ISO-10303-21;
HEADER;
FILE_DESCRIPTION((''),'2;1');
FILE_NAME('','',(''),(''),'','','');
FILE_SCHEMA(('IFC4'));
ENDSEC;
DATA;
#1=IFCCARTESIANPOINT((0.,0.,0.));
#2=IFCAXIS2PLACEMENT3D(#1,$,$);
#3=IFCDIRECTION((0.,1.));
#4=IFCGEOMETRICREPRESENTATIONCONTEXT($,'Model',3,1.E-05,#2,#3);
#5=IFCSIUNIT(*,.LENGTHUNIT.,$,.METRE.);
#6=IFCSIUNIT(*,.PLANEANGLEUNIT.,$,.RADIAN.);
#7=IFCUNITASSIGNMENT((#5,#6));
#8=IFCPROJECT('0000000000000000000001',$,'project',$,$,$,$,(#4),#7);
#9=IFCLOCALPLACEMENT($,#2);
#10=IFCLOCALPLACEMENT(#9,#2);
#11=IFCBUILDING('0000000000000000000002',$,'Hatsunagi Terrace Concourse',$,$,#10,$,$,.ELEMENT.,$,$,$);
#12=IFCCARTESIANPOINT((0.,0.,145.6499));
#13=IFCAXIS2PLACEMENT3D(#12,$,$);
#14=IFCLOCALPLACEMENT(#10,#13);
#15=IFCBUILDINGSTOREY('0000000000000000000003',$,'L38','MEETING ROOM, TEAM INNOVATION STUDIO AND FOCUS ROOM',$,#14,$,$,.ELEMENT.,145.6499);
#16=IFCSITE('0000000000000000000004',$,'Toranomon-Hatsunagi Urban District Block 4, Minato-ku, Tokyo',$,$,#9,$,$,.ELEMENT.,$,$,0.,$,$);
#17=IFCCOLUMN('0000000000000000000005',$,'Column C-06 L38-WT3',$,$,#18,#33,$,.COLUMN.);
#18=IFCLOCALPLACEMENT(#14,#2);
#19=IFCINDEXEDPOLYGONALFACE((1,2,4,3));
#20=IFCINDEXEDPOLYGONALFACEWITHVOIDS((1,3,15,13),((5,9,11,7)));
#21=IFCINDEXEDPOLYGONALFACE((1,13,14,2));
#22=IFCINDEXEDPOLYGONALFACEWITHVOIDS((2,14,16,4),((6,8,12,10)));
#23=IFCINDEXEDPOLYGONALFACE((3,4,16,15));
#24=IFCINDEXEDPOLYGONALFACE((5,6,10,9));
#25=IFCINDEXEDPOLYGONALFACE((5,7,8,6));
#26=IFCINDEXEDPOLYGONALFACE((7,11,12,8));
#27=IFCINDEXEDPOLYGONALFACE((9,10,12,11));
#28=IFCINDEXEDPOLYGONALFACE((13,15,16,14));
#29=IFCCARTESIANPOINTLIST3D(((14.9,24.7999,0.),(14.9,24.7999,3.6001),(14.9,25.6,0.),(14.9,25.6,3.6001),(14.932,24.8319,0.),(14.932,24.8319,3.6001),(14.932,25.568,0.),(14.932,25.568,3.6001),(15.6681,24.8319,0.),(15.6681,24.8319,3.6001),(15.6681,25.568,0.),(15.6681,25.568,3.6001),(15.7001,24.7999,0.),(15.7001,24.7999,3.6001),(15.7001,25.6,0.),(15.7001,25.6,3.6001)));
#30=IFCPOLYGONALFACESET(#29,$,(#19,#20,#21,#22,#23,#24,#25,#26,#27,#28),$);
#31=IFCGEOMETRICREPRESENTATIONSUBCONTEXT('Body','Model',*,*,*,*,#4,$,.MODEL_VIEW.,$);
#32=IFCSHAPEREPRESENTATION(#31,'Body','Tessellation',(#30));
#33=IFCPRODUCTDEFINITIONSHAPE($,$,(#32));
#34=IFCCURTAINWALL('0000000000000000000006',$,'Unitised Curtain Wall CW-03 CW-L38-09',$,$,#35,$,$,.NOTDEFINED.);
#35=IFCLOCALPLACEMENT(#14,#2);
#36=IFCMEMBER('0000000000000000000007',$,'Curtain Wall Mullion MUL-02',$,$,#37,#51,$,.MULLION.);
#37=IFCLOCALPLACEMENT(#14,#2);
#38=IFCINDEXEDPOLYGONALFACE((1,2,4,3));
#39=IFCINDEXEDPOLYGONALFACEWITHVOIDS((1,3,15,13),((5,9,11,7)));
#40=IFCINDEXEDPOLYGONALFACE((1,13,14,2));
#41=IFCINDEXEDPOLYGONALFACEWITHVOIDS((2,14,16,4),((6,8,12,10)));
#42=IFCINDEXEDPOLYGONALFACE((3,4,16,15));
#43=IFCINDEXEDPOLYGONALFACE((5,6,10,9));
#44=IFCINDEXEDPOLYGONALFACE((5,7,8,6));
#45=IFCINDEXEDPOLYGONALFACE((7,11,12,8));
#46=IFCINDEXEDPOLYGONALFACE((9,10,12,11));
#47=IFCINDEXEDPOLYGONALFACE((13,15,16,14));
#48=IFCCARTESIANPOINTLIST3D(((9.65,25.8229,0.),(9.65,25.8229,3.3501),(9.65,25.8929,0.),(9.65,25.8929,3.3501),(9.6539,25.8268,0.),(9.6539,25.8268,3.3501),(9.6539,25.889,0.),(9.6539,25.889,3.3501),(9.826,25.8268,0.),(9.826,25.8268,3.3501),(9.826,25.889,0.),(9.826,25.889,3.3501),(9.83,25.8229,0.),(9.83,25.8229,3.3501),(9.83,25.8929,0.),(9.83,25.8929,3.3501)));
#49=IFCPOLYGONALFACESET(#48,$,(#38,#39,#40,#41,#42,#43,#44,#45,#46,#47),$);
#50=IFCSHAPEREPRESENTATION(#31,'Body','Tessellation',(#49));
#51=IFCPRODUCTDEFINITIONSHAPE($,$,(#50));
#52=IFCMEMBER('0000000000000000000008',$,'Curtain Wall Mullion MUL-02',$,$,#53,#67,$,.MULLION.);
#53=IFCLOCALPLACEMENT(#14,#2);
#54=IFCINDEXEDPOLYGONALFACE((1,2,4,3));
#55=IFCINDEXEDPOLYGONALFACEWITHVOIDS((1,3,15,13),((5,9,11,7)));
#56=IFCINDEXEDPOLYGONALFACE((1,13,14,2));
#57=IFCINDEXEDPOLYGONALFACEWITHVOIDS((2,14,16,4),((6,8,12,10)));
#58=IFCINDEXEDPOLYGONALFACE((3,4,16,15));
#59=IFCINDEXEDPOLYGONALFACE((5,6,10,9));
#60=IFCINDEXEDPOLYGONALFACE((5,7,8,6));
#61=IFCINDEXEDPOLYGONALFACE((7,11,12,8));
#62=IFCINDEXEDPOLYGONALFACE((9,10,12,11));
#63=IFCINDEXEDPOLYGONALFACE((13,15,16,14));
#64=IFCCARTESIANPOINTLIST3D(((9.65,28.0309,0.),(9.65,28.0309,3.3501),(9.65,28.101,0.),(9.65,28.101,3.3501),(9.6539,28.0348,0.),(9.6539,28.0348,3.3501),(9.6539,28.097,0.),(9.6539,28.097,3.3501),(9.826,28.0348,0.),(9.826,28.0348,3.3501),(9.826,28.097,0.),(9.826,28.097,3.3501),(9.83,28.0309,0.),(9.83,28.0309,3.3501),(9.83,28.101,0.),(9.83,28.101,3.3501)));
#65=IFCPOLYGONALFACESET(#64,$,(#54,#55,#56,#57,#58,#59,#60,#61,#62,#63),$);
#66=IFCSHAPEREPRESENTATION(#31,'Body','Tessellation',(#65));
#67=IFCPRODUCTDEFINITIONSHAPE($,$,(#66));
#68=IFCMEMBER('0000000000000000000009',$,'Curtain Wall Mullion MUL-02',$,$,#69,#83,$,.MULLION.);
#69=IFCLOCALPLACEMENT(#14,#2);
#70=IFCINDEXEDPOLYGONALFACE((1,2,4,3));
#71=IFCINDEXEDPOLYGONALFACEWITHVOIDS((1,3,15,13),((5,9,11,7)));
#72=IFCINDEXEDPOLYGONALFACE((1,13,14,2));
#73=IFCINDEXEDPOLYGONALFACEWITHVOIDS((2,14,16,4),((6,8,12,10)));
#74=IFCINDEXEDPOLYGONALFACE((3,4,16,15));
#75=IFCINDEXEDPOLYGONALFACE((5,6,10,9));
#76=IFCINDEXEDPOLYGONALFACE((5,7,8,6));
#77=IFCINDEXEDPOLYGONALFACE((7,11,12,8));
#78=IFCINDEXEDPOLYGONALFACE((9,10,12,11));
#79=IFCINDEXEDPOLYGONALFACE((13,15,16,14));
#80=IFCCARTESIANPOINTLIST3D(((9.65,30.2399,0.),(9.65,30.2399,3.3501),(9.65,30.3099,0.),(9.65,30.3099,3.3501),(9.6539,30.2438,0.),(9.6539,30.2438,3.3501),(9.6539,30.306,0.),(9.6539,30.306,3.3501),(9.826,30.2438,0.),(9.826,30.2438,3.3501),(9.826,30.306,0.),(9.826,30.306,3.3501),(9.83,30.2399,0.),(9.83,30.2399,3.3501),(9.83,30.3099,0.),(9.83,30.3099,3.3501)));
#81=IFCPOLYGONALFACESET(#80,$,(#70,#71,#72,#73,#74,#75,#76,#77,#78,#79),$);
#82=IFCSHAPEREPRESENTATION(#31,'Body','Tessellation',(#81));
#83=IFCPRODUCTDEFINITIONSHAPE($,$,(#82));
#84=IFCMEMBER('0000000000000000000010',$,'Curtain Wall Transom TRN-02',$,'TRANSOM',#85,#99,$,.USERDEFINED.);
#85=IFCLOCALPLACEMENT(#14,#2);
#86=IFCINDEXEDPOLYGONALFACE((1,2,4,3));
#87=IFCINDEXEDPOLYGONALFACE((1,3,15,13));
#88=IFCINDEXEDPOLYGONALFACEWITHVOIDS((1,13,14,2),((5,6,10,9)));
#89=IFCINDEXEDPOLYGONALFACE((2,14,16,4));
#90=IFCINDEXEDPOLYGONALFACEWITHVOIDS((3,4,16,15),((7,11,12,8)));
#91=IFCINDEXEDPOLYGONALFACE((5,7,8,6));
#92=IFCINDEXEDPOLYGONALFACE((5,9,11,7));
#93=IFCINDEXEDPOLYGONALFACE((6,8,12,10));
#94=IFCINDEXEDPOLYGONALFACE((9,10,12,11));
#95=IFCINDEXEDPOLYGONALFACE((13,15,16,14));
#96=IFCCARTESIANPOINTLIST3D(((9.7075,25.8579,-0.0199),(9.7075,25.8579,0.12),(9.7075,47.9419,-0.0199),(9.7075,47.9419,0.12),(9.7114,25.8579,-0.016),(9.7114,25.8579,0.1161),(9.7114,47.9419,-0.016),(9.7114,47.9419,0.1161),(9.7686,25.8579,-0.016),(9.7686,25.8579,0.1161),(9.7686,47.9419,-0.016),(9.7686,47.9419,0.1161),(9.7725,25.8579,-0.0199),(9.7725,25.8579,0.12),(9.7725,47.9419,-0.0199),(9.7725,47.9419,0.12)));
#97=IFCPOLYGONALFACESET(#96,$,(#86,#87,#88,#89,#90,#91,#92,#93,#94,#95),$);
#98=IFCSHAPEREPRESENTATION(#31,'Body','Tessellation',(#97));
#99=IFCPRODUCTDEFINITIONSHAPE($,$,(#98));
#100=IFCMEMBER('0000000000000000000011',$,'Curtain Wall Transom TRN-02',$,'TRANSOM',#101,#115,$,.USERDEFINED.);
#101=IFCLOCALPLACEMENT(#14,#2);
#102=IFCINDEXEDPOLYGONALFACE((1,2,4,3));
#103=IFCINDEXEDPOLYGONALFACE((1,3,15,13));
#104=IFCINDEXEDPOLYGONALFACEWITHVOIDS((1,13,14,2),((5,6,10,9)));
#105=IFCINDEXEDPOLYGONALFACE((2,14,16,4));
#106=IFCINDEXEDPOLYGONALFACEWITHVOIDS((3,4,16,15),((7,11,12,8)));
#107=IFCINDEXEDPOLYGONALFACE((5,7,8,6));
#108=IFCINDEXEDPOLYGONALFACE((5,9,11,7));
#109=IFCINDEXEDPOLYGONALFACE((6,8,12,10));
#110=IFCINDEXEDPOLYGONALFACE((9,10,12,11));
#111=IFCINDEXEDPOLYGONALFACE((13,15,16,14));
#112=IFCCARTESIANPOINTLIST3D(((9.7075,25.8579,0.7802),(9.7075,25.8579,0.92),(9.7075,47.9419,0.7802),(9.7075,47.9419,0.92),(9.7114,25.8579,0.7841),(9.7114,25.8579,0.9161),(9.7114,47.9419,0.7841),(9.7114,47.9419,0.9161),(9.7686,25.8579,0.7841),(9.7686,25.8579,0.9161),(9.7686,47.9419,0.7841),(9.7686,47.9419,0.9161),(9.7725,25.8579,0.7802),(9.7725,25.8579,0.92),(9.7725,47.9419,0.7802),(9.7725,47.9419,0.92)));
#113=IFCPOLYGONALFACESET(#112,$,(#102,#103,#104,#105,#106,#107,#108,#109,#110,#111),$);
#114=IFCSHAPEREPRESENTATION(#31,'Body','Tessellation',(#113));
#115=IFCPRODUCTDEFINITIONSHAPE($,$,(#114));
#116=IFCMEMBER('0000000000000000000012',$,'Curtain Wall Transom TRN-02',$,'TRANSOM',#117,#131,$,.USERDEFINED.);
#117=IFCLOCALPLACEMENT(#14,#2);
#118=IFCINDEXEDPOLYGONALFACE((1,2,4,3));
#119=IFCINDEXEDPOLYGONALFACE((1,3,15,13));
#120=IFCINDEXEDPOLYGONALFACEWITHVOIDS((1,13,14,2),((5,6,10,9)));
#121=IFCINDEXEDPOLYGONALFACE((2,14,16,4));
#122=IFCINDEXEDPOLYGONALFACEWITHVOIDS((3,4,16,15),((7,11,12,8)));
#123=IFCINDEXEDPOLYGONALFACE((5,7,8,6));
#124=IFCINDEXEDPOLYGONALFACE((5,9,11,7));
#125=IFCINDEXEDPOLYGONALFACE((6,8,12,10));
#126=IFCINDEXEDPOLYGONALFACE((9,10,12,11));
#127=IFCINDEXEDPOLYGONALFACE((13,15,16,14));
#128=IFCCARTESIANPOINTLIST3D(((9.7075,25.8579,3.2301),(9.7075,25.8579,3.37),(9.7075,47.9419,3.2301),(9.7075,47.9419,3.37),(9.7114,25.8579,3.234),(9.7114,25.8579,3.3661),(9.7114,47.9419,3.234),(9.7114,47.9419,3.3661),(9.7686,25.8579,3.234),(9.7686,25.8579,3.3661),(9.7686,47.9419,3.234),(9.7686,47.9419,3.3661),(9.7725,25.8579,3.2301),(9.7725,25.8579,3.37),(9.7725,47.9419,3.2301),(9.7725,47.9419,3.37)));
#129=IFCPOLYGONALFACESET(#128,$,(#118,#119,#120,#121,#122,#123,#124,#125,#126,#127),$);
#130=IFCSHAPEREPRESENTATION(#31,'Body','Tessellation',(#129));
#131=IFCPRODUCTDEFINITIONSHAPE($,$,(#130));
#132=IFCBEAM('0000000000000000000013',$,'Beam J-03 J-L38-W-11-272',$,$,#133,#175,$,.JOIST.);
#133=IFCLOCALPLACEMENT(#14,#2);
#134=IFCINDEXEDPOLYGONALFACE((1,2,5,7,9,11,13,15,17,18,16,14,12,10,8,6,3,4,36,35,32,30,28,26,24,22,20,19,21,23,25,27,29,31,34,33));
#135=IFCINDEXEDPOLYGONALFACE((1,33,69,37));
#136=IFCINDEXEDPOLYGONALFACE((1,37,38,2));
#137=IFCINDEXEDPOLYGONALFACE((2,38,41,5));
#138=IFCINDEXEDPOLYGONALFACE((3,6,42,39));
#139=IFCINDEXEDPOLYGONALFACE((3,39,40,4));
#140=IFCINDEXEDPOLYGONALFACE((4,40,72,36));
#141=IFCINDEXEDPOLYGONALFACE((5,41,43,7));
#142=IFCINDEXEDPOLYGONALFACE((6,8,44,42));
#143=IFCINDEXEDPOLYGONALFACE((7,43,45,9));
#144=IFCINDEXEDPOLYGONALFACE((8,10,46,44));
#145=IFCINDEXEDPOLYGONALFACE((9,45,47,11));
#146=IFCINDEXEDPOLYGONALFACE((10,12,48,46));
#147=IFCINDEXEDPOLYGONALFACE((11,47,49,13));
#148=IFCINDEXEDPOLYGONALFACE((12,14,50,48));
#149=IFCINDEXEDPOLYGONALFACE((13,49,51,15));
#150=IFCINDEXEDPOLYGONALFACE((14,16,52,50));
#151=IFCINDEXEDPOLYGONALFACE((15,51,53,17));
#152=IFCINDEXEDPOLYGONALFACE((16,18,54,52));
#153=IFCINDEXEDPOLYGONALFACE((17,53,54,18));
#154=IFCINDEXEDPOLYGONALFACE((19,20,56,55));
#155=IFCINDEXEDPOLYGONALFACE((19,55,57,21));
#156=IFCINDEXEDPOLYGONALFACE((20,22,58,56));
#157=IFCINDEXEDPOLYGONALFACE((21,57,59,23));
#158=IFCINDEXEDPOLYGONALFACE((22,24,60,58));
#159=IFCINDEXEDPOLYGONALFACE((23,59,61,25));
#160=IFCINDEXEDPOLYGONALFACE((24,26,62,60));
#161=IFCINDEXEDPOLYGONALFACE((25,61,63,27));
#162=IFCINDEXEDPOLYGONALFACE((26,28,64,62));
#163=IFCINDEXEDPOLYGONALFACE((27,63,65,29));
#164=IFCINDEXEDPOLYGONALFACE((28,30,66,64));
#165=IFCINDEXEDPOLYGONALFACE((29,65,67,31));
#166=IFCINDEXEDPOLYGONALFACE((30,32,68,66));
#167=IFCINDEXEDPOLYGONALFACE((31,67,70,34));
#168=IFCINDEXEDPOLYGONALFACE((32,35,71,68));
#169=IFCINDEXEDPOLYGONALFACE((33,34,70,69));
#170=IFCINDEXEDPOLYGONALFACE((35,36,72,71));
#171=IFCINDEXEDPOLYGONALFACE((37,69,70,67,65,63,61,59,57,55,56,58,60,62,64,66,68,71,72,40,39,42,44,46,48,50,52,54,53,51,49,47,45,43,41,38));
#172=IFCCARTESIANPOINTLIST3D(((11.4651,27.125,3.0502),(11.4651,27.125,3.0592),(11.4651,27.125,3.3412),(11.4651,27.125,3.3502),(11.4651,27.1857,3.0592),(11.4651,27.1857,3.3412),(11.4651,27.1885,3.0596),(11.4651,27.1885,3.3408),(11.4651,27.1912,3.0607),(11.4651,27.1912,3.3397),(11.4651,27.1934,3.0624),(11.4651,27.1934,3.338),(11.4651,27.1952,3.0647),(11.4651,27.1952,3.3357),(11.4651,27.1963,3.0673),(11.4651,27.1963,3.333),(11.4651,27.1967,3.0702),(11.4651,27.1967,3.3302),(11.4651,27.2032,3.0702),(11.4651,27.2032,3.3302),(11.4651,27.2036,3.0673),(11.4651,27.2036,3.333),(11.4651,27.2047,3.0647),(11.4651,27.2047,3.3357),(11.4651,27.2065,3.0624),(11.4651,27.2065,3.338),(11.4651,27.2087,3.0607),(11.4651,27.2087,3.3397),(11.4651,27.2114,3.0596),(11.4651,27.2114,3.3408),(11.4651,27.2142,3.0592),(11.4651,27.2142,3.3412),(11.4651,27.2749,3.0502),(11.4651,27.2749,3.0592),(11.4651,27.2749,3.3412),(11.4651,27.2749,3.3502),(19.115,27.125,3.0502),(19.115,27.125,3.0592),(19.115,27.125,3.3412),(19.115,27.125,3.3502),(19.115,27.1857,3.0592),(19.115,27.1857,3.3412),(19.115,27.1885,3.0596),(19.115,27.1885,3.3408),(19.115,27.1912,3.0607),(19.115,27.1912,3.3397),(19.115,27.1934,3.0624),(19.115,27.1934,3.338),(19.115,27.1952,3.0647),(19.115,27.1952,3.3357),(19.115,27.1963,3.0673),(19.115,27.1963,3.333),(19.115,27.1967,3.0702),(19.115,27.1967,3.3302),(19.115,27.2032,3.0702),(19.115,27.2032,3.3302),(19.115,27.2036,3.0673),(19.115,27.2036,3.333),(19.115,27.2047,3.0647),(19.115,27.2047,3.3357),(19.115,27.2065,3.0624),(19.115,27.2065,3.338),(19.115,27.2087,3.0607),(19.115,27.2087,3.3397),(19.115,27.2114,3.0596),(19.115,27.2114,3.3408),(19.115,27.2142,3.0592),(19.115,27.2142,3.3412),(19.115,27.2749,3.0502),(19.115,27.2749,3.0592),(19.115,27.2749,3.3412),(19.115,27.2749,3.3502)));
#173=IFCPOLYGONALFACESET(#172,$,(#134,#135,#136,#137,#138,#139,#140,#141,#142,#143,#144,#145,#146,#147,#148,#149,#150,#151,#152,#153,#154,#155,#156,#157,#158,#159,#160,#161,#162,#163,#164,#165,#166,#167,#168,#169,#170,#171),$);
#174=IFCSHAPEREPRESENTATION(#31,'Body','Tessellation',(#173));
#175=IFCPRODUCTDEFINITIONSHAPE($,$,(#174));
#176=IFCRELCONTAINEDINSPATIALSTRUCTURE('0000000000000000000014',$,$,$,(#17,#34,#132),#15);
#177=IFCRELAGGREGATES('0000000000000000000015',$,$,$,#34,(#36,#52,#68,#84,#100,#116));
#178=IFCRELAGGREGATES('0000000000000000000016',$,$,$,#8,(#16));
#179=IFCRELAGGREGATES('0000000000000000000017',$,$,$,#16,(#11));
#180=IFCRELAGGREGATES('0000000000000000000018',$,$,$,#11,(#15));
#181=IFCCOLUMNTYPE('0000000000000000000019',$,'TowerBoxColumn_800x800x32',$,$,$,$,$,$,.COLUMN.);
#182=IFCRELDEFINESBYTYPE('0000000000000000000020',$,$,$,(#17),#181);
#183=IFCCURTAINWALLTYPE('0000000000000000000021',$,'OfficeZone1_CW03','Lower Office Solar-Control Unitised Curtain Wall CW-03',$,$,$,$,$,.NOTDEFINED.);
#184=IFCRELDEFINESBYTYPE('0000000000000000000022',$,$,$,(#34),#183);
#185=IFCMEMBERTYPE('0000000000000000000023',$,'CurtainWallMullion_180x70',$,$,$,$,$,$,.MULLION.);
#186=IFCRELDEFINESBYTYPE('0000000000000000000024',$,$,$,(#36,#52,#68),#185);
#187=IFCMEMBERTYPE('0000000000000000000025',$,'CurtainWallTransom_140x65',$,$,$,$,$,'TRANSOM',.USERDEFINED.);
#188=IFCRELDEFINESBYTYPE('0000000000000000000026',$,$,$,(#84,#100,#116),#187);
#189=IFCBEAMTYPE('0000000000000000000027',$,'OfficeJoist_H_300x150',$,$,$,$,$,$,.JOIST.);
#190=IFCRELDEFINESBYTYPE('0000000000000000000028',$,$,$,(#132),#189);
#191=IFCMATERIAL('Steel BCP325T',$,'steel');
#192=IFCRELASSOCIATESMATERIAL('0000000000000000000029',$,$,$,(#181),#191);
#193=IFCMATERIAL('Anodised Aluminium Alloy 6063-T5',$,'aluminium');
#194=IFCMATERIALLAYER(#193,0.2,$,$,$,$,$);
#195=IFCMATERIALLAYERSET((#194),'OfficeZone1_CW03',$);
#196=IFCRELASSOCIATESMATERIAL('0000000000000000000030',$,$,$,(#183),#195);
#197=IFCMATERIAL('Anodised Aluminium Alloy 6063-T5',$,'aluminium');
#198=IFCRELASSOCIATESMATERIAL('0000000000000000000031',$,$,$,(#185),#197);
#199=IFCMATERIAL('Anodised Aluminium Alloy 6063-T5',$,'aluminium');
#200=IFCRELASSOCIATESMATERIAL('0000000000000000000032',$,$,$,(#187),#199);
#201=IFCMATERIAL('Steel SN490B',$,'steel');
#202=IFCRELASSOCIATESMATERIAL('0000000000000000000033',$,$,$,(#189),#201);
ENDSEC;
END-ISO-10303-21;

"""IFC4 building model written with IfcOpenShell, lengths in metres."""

from ifc_helpers import new_model, si_unit, direction, frame, origin, origin_2d, place, context, subcontext, project, spatial, hollow_rectangle, i_section, extrude, material, layer, layer_set, material_profile, profile_set, type_object, element, aggregate, save


model = new_model("IFC4")

# Units and contexts
model_context = context("Model", 3, precision=1e-05, world=origin(), true_north=direction((0.0, 1.0)))
body_context = subcontext(model_context, "Body", "Model", "MODEL_VIEW")
ifc_project = project(units=[si_unit("LENGTHUNIT", "METRE"), si_unit("PLANEANGLEUNIT", "RADIAN")], contexts=[model_context])

# Site, building, storey
site_placement = place(None, origin())
site = spatial("IfcSite", under=ifc_project, at=site_placement, Name="Toranomon-Hatsunagi Urban District Block 4, Minato-ku, Tokyo", CompositionType="ELEMENT", RefElevation=0.0)
building_placement = place(site_placement, origin())
building = spatial("IfcBuilding", under=site, at=building_placement, Name="Hatsunagi Terrace Concourse", CompositionType="ELEMENT")
storey_placement = place(building_placement, frame((0.0, 0.0, 145.6499)))
storey = spatial("IfcBuildingStorey", under=building, at=storey_placement, Name="L38", Description="MEETING ROOM, TEAM INNOVATION STUDIO AND FOCUS ROOM", CompositionType="ELEMENT", Elevation=145.6499)

# Column
ifc_material_1 = material(Name="Steel BCP325T", Category="steel")
ifc_material_profile_1 = material_profile(ifc_material_1, hollow_rectangle(XDim=0.8, YDim=0.8, WallThickness=0.032, at=origin_2d()), Name="BCP-800x800x32")
ifc_profile_set_1 = profile_set([ifc_material_profile_1], Name="Steel BCP325T")
column_type = type_object("IfcColumnType", Name="TowerBoxColumn_800x800x32", PredefinedType="COLUMN", material=ifc_profile_set_1)
column_placement = place(storey_placement, frame((15.3, 25.2, 0.0), z_axis=(0.0, 0.0, 1.0), x_axis=(1.0, 0.0, 0.0)))
element("IfcColumn", 1, at=column_placement, inside=storey, type_object=column_type, Name="Column C-06 L38-WT3", PredefinedType="COLUMN", context=body_context, shape_type="SweptSolid", body=[
    extrude(hollow_rectangle(XDim=0.8, YDim=0.8, WallThickness=0.032, at=origin_2d()), origin(), (0.0, 0.0, 1.0), 3.6001),
])

# Curtain wall, members
ifc_material_2 = material(Name="Anodised Aluminium Alloy 6063-T5", Category="aluminium")
ifc_layer_1 = layer(ifc_material_2, 0.2)
ifc_layer_set_1 = layer_set([ifc_layer_1], Name="OfficeZone1_CW03")
curtain_wall_type = type_object("IfcCurtainWallType", Name="OfficeZone1_CW03", Description="Lower Office Solar-Control Unitised Curtain Wall CW-03", PredefinedType="NOTDEFINED", material=ifc_layer_set_1)
curtain_wall_placement = place(storey_placement, origin())
curtain_wall = element("IfcCurtainWall", 2, at=curtain_wall_placement, inside=storey, type_object=curtain_wall_type, Name="Unitised Curtain Wall CW-03 CW-L38-09", PredefinedType="NOTDEFINED")
ifc_material_3 = material(Name="Anodised Aluminium Alloy 6063-T5", Category="aluminium")
ifc_material_profile_2 = material_profile(ifc_material_3, hollow_rectangle(XDim=0.0701, YDim=0.1799, WallThickness=0.0039, at=origin_2d()), Name="ALU-MUL-180x70x4")
ifc_profile_set_2 = profile_set([ifc_material_profile_2], Name="Anodised Aluminium Alloy 6063-T5")
member_type_1 = type_object("IfcMemberType", Name="CurtainWallMullion_180x70", PredefinedType="MULLION", material=ifc_profile_set_2)
member_1_placement = place(storey_placement, frame((9.74, 25.8579, 0.0), z_axis=(0.0, 0.0, 1.0), x_axis=(0.0, 1.0, 0.0)))
member_1 = element("IfcMember", 3, at=member_1_placement, type_object=member_type_1, Name="Curtain Wall Mullion MUL-02", PredefinedType="MULLION", context=body_context, shape_type="SweptSolid", body=[
    extrude(hollow_rectangle(XDim=0.0701, YDim=0.1799, WallThickness=0.0039, at=origin_2d()), origin(), (0.0, 0.0, 1.0), 3.3501),
])
member_2_placement = place(storey_placement, frame((9.74, 28.0659, 0.0), z_axis=(0.0, 0.0, 1.0), x_axis=(0.0, 1.0, 0.0)))
member_2 = element("IfcMember", 4, at=member_2_placement, type_object=member_type_1, Name="Curtain Wall Mullion MUL-02", PredefinedType="MULLION", context=body_context, shape_type="SweptSolid", body=[
    extrude(hollow_rectangle(XDim=0.0701, YDim=0.1799, WallThickness=0.0039, at=origin_2d()), origin(), (0.0, 0.0, 1.0), 3.3501),
])
member_3_placement = place(storey_placement, frame((9.74, 30.2749, 0.0), z_axis=(0.0, 0.0, 1.0), x_axis=(0.0, 1.0, 0.0)))
member_3 = element("IfcMember", 5, at=member_3_placement, type_object=member_type_1, Name="Curtain Wall Mullion MUL-02", PredefinedType="MULLION", context=body_context, shape_type="SweptSolid", body=[
    extrude(hollow_rectangle(XDim=0.0701, YDim=0.1799, WallThickness=0.0039, at=origin_2d()), origin(), (0.0, 0.0, 1.0), 3.3501),
])
ifc_material_4 = material(Name="Anodised Aluminium Alloy 6063-T5", Category="aluminium")
ifc_material_profile_3 = material_profile(ifc_material_4, hollow_rectangle(XDim=0.0649, YDim=0.1399, WallThickness=0.0039, at=origin_2d()), Name="ALU-TRN-140x65x4")
ifc_profile_set_3 = profile_set([ifc_material_profile_3], Name="Anodised Aluminium Alloy 6063-T5")
member_type_2 = type_object("IfcMemberType", Name="CurtainWallTransom_140x65", ElementType="TRANSOM", PredefinedType="USERDEFINED", material=ifc_profile_set_3)
member_4_placement = place(storey_placement, frame((9.74, 25.8579, 0.05), z_axis=(0.0, 1.0, 0.0), x_axis=(-1.0, 0.0, 0.0)))
member_4 = element("IfcMember", 6, at=member_4_placement, type_object=member_type_2, Name="Curtain Wall Transom TRN-02", ObjectType="TRANSOM", PredefinedType="USERDEFINED", context=body_context, shape_type="SweptSolid", body=[
    extrude(hollow_rectangle(XDim=0.0649, YDim=0.1399, WallThickness=0.0039, at=origin_2d()), origin(), (0.0, 0.0, 1.0), 22.084),
])
member_5_placement = place(storey_placement, frame((9.74, 25.8579, 0.8501), z_axis=(0.0, 1.0, 0.0), x_axis=(-1.0, 0.0, 0.0)))
member_5 = element("IfcMember", 7, at=member_5_placement, type_object=member_type_2, Name="Curtain Wall Transom TRN-02", ObjectType="TRANSOM", PredefinedType="USERDEFINED", context=body_context, shape_type="SweptSolid", body=[
    extrude(hollow_rectangle(XDim=0.0649, YDim=0.1399, WallThickness=0.0039, at=origin_2d()), origin(), (0.0, 0.0, 1.0), 22.084),
])
member_6_placement = place(storey_placement, frame((9.74, 25.8579, 3.3), z_axis=(0.0, 1.0, 0.0), x_axis=(-1.0, 0.0, 0.0)))
member_6 = element("IfcMember", 8, at=member_6_placement, type_object=member_type_2, Name="Curtain Wall Transom TRN-02", ObjectType="TRANSOM", PredefinedType="USERDEFINED", context=body_context, shape_type="SweptSolid", body=[
    extrude(hollow_rectangle(XDim=0.0649, YDim=0.1399, WallThickness=0.0039, at=origin_2d()), origin(), (0.0, 0.0, 1.0), 22.084),
])

# Beam
ifc_material_5 = material(Name="Steel SN490B", Category="steel")
ifc_material_profile_4 = material_profile(ifc_material_5, i_section(OverallWidth=0.1499, OverallDepth=0.3, WebThickness=0.0066, FlangeThickness=0.009, FilletRadius=0.011, at=origin_2d()), Name="H-300x150x6.5x9")
ifc_profile_set_4 = profile_set([ifc_material_profile_4], Name="Steel SN490B")
beam_type_1 = type_object("IfcBeamType", Name="OfficeJoist_H_300x150", PredefinedType="JOIST", material=ifc_profile_set_4)
for number, where, z_axis, x_axis, name in (
    (9, (11.4651, 27.2, 3.2002), (1.0, 0.0, 0.0), (0.0, 1.0, 0.0), "Beam J-03 J-L38-W-11-272"),
):
    element("IfcBeam", number, at=place(storey_placement, frame(where, z_axis=z_axis, x_axis=x_axis)), inside=storey, type_object=beam_type_1, Name=name, PredefinedType="JOIST", context=body_context, shape_type="SweptSolid", body=[
        extrude(i_section(OverallWidth=0.1499, OverallDepth=0.3, WebThickness=0.0066, FlangeThickness=0.009, FilletRadius=0.011, at=origin_2d()), origin(), (0.0, 0.0, 1.0), 7.6499),
    ])

aggregate(curtain_wall, [member_1, member_2, member_3, member_4, member_5, member_6])

save(model, "model.ifc")
